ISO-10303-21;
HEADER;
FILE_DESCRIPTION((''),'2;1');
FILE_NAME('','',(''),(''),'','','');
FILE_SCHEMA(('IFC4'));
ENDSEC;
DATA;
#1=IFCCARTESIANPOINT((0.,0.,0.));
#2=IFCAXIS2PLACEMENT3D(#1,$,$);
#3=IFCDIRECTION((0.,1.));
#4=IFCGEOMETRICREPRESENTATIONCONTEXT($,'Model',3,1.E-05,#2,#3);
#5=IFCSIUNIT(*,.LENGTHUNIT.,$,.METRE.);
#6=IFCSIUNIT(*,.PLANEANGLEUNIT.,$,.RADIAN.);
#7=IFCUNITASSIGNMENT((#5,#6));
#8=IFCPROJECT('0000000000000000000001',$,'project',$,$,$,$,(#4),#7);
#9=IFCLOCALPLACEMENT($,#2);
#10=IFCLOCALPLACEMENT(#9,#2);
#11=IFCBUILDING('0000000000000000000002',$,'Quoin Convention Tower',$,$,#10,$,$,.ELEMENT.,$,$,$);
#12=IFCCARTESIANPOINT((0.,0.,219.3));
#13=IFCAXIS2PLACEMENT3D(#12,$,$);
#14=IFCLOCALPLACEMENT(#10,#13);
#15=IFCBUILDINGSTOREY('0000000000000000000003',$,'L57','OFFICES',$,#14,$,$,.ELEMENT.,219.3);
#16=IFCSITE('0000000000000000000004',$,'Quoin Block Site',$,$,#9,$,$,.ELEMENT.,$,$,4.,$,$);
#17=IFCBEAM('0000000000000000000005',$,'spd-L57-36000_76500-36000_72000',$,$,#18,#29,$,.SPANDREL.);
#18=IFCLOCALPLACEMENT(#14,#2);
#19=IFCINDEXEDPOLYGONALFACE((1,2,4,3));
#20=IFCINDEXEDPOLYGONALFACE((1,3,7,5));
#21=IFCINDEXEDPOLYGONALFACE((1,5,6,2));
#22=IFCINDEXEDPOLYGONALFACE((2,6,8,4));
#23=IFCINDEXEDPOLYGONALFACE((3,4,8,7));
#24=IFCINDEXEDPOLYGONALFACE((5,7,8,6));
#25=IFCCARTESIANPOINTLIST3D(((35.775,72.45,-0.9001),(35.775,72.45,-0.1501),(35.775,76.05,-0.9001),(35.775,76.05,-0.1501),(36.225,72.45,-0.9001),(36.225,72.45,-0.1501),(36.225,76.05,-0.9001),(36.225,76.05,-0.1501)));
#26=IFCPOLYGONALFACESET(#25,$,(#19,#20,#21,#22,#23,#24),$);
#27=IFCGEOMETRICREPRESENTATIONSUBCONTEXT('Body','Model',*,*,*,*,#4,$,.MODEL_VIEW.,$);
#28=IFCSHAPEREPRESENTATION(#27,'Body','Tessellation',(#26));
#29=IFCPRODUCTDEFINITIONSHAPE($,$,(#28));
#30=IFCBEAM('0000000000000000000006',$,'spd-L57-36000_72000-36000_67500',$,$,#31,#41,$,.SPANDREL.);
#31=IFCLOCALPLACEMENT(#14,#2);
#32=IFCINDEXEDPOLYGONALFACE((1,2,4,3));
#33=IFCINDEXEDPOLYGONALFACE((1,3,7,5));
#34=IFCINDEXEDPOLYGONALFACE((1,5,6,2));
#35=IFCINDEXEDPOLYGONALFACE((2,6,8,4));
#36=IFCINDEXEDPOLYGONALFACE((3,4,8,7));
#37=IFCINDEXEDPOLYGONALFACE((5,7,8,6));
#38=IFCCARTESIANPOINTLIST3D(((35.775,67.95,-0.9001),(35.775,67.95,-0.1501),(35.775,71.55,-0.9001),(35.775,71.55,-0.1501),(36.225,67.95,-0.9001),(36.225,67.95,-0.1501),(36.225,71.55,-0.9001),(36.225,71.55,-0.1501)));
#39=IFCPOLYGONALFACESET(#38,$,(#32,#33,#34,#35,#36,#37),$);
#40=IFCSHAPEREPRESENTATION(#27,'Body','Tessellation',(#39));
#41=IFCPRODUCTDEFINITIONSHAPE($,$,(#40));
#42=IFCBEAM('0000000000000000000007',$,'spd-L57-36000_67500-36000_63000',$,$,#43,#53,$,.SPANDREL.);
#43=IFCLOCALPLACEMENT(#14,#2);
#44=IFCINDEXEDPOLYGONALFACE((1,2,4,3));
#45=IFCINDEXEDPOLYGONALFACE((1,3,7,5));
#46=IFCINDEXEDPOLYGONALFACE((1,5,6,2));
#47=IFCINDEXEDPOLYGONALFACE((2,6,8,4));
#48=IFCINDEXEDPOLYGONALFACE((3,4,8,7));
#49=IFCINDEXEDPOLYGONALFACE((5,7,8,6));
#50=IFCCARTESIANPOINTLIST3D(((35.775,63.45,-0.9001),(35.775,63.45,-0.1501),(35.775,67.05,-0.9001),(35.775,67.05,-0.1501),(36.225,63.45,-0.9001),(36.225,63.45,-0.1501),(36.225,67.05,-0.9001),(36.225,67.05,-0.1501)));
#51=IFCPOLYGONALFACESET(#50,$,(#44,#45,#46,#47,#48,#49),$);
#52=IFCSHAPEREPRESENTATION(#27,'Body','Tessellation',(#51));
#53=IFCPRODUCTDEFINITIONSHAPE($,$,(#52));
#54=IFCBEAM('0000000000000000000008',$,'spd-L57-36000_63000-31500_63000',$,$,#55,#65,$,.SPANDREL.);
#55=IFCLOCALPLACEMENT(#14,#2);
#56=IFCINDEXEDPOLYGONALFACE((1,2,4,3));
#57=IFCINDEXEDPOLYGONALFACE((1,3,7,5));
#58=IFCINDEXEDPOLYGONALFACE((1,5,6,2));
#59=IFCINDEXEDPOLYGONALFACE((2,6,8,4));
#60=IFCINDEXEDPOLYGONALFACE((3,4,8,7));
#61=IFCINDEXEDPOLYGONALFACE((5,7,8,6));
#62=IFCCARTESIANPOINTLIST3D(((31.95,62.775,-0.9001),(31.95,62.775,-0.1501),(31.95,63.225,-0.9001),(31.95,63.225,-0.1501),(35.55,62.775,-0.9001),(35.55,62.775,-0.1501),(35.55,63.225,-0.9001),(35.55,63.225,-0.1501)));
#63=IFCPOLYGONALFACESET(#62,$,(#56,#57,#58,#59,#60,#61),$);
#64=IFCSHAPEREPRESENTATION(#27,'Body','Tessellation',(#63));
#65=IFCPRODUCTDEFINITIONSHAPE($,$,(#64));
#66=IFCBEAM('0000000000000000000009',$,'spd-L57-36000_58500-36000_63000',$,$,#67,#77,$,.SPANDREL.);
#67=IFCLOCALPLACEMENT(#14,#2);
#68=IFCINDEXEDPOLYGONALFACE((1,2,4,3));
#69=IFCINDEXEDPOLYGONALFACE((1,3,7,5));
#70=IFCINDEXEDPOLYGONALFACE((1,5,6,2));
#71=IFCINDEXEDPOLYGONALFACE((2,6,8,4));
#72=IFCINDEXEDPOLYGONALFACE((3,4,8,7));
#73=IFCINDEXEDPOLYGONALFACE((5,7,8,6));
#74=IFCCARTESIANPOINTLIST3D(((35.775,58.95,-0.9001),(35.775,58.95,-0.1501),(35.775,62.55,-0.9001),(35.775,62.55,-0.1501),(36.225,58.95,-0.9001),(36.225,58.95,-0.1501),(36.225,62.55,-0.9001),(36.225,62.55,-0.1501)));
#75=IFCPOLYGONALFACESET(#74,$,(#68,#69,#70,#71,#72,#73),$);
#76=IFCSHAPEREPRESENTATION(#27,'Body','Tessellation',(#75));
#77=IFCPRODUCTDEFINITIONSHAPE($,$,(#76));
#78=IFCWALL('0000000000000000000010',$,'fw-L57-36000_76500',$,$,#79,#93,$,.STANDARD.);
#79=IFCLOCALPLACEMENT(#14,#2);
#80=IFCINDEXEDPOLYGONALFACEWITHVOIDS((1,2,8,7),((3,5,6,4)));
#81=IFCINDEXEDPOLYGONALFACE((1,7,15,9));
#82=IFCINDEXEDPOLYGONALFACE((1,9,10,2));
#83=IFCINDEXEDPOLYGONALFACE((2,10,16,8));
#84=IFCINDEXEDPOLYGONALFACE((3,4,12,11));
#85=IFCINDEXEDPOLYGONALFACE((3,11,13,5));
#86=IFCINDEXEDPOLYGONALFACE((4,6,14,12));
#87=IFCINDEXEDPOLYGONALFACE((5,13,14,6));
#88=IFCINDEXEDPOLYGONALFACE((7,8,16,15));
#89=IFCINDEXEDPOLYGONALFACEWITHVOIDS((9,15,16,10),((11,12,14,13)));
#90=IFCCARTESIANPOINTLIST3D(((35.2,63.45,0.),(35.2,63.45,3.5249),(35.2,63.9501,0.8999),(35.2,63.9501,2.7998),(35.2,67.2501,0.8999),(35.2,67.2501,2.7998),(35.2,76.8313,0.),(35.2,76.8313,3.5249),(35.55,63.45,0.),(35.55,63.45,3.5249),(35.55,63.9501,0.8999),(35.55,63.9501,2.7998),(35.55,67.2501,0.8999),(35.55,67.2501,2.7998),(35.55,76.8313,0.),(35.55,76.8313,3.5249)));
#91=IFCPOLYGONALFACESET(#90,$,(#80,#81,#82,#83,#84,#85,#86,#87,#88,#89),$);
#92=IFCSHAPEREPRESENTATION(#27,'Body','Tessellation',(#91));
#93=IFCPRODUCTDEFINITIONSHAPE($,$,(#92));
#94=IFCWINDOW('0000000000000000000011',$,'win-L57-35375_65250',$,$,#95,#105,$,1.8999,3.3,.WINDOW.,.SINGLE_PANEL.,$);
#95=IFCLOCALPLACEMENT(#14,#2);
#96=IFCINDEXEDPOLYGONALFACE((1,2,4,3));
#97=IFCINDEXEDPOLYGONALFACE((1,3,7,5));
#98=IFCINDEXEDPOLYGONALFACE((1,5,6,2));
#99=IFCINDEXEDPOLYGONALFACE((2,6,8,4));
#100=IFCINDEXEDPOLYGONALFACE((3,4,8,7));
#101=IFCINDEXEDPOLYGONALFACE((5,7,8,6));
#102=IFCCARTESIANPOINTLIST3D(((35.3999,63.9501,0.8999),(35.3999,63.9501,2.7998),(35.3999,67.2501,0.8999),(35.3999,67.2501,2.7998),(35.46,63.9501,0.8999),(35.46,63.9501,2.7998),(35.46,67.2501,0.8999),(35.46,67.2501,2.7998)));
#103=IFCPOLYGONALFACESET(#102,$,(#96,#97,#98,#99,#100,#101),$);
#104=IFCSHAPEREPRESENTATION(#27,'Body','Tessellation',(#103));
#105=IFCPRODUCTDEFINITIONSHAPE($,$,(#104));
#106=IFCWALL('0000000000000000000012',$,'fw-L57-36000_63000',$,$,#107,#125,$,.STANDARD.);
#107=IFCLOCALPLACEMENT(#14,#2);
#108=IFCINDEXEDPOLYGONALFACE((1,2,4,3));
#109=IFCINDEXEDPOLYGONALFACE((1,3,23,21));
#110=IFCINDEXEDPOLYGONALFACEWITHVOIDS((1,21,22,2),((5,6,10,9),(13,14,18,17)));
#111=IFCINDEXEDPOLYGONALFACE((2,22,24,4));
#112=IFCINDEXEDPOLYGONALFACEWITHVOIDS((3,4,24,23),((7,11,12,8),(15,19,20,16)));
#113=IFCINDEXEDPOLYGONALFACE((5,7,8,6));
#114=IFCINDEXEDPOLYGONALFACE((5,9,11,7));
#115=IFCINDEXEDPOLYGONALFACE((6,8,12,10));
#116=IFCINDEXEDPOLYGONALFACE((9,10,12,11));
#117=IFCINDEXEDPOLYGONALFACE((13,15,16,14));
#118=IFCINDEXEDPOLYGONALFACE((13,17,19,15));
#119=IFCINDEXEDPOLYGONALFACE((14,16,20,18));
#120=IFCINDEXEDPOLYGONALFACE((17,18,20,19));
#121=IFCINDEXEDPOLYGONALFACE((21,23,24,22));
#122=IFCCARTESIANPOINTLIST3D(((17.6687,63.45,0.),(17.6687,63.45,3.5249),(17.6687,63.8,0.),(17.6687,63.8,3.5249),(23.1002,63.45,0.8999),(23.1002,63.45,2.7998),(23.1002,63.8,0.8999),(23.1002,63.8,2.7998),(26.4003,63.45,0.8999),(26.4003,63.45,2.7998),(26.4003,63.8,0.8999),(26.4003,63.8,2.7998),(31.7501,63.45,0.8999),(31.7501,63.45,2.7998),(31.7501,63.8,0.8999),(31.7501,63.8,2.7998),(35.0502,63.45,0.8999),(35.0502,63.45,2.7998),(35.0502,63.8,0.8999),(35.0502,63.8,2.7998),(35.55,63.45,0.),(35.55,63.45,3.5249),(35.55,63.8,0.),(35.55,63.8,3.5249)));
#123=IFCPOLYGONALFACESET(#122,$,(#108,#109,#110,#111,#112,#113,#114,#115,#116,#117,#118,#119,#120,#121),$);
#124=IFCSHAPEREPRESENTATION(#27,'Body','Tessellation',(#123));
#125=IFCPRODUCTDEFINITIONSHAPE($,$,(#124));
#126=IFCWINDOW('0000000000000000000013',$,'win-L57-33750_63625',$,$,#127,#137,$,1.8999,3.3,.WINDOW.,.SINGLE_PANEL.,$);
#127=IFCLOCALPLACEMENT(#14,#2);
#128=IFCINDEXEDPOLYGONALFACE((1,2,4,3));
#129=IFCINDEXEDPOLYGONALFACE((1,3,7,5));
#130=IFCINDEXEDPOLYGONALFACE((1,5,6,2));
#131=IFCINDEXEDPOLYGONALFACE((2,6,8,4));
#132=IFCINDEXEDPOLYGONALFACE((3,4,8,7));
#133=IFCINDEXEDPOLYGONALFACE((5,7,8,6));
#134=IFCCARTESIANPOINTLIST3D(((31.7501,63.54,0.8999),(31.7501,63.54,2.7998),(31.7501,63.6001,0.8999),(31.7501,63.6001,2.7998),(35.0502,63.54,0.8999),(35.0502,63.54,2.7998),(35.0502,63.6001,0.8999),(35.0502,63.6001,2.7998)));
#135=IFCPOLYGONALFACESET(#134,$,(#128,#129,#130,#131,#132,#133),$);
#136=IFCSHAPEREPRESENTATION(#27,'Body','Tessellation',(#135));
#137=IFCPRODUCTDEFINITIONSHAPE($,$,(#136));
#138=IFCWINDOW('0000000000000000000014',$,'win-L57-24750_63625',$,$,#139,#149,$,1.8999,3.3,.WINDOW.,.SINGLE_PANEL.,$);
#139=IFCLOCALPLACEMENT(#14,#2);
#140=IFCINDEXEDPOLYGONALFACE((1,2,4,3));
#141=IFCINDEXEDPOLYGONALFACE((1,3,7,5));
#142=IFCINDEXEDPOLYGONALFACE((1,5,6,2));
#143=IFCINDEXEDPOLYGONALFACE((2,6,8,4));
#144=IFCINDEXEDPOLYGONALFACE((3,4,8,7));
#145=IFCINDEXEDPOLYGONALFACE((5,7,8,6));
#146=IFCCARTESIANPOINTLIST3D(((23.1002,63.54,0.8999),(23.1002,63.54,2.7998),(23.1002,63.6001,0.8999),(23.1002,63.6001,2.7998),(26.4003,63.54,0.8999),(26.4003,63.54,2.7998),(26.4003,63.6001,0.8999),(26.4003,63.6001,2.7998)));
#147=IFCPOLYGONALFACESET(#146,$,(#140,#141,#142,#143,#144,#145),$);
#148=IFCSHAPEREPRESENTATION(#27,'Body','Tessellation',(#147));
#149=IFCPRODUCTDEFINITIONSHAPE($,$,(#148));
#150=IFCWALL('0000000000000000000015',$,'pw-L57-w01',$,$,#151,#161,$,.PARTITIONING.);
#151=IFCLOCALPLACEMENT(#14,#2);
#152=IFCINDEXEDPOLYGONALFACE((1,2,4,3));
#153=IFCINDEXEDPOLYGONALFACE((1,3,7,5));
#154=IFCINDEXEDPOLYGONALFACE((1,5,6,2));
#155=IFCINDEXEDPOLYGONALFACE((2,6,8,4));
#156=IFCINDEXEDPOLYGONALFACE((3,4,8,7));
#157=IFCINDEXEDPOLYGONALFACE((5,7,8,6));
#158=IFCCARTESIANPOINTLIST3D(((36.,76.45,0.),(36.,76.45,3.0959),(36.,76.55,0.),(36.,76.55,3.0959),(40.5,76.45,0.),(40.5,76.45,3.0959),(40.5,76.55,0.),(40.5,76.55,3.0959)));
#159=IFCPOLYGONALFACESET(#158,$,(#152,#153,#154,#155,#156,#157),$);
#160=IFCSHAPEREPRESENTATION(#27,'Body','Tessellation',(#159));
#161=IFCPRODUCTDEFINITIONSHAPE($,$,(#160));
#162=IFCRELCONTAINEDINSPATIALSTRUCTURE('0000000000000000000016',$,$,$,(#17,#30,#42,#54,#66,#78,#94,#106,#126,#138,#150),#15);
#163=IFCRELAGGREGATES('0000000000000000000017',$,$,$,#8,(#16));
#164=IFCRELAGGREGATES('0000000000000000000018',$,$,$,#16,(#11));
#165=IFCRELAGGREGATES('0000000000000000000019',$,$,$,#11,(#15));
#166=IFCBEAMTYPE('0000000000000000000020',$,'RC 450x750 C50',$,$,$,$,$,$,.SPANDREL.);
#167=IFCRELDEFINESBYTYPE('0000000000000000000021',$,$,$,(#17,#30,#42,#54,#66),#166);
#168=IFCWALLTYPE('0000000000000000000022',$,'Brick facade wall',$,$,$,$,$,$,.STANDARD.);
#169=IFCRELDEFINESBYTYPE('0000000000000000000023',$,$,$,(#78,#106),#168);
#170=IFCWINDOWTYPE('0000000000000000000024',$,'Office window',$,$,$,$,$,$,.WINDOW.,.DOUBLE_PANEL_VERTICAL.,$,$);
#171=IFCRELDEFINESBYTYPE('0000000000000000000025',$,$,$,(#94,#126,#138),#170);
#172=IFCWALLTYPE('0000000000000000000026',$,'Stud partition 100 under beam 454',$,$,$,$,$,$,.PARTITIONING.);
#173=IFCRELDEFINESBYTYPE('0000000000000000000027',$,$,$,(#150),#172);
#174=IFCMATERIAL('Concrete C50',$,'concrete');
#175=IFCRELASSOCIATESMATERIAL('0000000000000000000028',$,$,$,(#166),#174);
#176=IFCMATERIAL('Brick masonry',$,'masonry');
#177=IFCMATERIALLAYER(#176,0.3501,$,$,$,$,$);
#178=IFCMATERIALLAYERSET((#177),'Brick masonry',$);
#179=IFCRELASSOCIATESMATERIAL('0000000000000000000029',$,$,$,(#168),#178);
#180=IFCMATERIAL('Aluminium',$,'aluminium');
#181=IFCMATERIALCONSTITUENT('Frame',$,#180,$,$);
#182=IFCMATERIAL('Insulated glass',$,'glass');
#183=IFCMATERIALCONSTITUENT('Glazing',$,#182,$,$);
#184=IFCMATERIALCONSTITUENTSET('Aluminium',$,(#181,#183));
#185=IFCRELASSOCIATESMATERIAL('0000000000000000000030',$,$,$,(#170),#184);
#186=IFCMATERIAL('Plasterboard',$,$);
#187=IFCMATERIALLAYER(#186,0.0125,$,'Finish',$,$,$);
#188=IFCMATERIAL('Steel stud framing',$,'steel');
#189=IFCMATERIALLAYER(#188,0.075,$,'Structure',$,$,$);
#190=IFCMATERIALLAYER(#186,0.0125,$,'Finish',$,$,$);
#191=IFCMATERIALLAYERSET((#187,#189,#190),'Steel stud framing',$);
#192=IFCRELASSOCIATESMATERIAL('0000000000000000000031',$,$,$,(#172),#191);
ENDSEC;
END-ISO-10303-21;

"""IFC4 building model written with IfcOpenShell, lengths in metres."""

from ifc_helpers import new_model, si_unit, direction, frame, frame_2d, origin, origin_2d, place, context, subcontext, project, spatial, rectangle, extrude, material, layer, layer_set, constituent, constituent_set, material_profile, profile_set, type_object, element, fill, save


model = new_model("IFC4")

# Units and contexts
model_context = context("Model", 3, precision=1e-05, world=origin(), true_north=direction((0.0, 1.0)))
body_context = subcontext(model_context, "Body", "Model", "MODEL_VIEW")
ifc_project = project(units=[si_unit("LENGTHUNIT", "METRE"), si_unit("PLANEANGLEUNIT", "RADIAN")], contexts=[model_context])

# Site, building, storey
site_placement = place(None, origin())
site = spatial("IfcSite", under=ifc_project, at=site_placement, Name="Quoin Block Site", CompositionType="ELEMENT", RefElevation=4.0)
building_placement = place(site_placement, origin())
building = spatial("IfcBuilding", under=site, at=building_placement, Name="Quoin Convention Tower", CompositionType="ELEMENT")
storey_placement = place(building_placement, frame((0.0, 0.0, 219.3)))
storey = spatial("IfcBuildingStorey", under=building, at=storey_placement, Name="L57", Description="OFFICES", CompositionType="ELEMENT", Elevation=219.3)

# Shared definitions
ifc_material_1 = material(Name="Concrete C50", Category="concrete")

# Beams
ifc_material_profile_1 = material_profile(ifc_material_1, rectangle(XDim=0.45, YDim=0.75, at=origin_2d()), Name="RC 450x750")
ifc_profile_set_1 = profile_set([ifc_material_profile_1], Name="Concrete C50")
beam_type_1 = type_object("IfcBeamType", Name="RC 450x750 C50", PredefinedType="SPANDREL", material=ifc_profile_set_1)
for number, where, z_axis, x_axis, name in (
    (1, (36.0, 76.05, -0.5251), (0.0, -1.0, 0.0), (1.0, 0.0, 0.0), "spd-L57-36000_76500-36000_72000"),
    (2, (36.0, 71.55, -0.5251), (0.0, -1.0, 0.0), (1.0, 0.0, 0.0), "spd-L57-36000_72000-36000_67500"),
    (3, (36.0, 67.05, -0.5251), (0.0, -1.0, 0.0), (1.0, 0.0, 0.0), "spd-L57-36000_67500-36000_63000"),
    (4, (35.55, 63.0, -0.5251), (-1.0, 0.0, 0.0), (0.0, -1.0, 0.0), "spd-L57-36000_63000-31500_63000"),
    (5, (36.0, 58.95, -0.5251), (0.0, 1.0, 0.0), (-1.0, 0.0, 0.0), "spd-L57-36000_58500-36000_63000"),
):
    element("IfcBeam", number, at=place(storey_placement, frame(where, z_axis=z_axis, x_axis=x_axis)), inside=storey, type_object=beam_type_1, Name=name, PredefinedType="SPANDREL", context=body_context, shape_type="SweptSolid", body=[
        extrude(rectangle(XDim=0.45, YDim=0.75, at=origin_2d()), origin(), (0.0, 0.0, 1.0), 3.6001),
    ])

# Wall, opening, window
ifc_material_2 = material(Name="Brick masonry", Category="masonry")
ifc_layer_1 = layer(ifc_material_2, 0.3501)
ifc_layer_set_1 = layer_set([ifc_layer_1], Name="Brick masonry")
wall_type_1 = type_object("IfcWallType", Name="Brick facade wall", PredefinedType="STANDARD", material=ifc_layer_set_1)
wall_1_placement = place(storey_placement, frame((35.375, 76.8313, 0.0), z_axis=(0.0, 0.0, 1.0), x_axis=(0.0, -1.0, 0.0)))
wall_1 = element("IfcWall", 6, at=wall_1_placement, inside=storey, type_object=wall_type_1, Name="fw-L57-36000_76500", PredefinedType="STANDARD", context=body_context, shape_type="SweptSolid", body=[
    extrude(rectangle(XDim=13.3813, YDim=0.3501, at=frame_2d((6.6907, 0.0))), origin(), (0.0, 0.0, 1.0), 3.5249),
])
opening_1_placement = place(wall_1_placement, frame((9.5813, 0.0, 0.8999)))
opening_1 = element("IfcOpeningElement", 7, at=opening_1_placement, cuts=wall_1, PredefinedType="OPENING", context=body_context, shape_type="SweptSolid", body=[
    extrude(rectangle(XDim=3.3, YDim=1.8999, at=frame_2d((1.6499, 0.95))), frame((0.0, 0.1851, 0.0), z_axis=(0.0, -1.0, 0.0), x_axis=(1.0, 0.0, 0.0)), (0.0, 0.0, 1.0), 0.3701),
])
ifc_material_3 = material(Name="Aluminium", Category="aluminium")
ifc_constituent_1 = constituent(ifc_material_3, Name="Frame")
ifc_material_4 = material(Name="Insulated glass", Category="glass")
ifc_constituent_2 = constituent(ifc_material_4, Name="Glazing")
ifc_constituent_set = constituent_set(constituents=[ifc_constituent_1, ifc_constituent_2], Name="Aluminium")
window_type = type_object("IfcWindowType", Name="Office window", PartitioningType="DOUBLE_PANEL_VERTICAL", PredefinedType="WINDOW", material=ifc_constituent_set)
window_1_placement = place(opening_1_placement, origin())
window_1 = element("IfcWindow", 8, at=window_1_placement, inside=storey, type_object=window_type, Name="win-L57-35375_65250", OverallHeight=1.8999, OverallWidth=3.3, PartitioningType="SINGLE_PANEL", PredefinedType="WINDOW", context=body_context, shape_type="SweptSolid", body=[
    extrude(rectangle(XDim=3.3, YDim=1.8999, at=frame_2d((1.6499, 0.95))), frame((0.0, 0.085, 0.0), z_axis=(0.0, -1.0, 0.0), x_axis=(1.0, 0.0, 0.0)), (0.0, 0.0, 1.0), 0.0601),
])
fill(opening_1, window_1)

# Wall, openings, windows
wall_2_placement = place(storey_placement, frame((35.55, 63.625, 0.0), z_axis=(0.0, 0.0, 1.0), x_axis=(-1.0, 0.0, 0.0)))
wall_2 = element("IfcWall", 9, at=wall_2_placement, inside=storey, type_object=wall_type_1, Name="fw-L57-36000_63000", PredefinedType="STANDARD", context=body_context, shape_type="SweptSolid", body=[
    extrude(rectangle(XDim=17.8813, YDim=0.3501, at=frame_2d((8.9407, 0.0))), origin(), (0.0, 0.0, 1.0), 3.5249),
])
opening_2_placement = place(wall_2_placement, frame((0.5, 0.0, 0.8999)))
opening_2 = element("IfcOpeningElement", 10, at=opening_2_placement, cuts=wall_2, PredefinedType="OPENING", context=body_context, shape_type="SweptSolid", body=[
    extrude(rectangle(XDim=3.3, YDim=1.8999, at=frame_2d((1.6499, 0.95))), frame((0.0, 0.1851, 0.0), z_axis=(0.0, -1.0, 0.0), x_axis=(1.0, 0.0, 0.0)), (0.0, 0.0, 1.0), 0.3701),
])
opening_3_placement = place(wall_2_placement, frame((9.1499, 0.0, 0.8999)))
opening_3 = element("IfcOpeningElement", 11, at=opening_3_placement, cuts=wall_2, PredefinedType="OPENING", context=body_context, shape_type="SweptSolid", body=[
    extrude(rectangle(XDim=3.3, YDim=1.8999, at=frame_2d((1.6499, 0.95))), frame((0.0, 0.1851, 0.0), z_axis=(0.0, -1.0, 0.0), x_axis=(1.0, 0.0, 0.0)), (0.0, 0.0, 1.0), 0.3701),
])
window_2_placement = place(opening_2_placement, origin())
window_2 = element("IfcWindow", 12, at=window_2_placement, inside=storey, type_object=window_type, Name="win-L57-33750_63625", OverallHeight=1.8999, OverallWidth=3.3, PartitioningType="SINGLE_PANEL", PredefinedType="WINDOW", context=body_context, shape_type="SweptSolid", body=[
    extrude(rectangle(XDim=3.3, YDim=1.8999, at=frame_2d((1.6499, 0.95))), frame((0.0, 0.085, 0.0), z_axis=(0.0, -1.0, 0.0), x_axis=(1.0, 0.0, 0.0)), (0.0, 0.0, 1.0), 0.0601),
])
fill(opening_2, window_2)
window_3_placement = place(opening_3_placement, origin())
window_3 = element("IfcWindow", 13, at=window_3_placement, inside=storey, type_object=window_type, Name="win-L57-24750_63625", OverallHeight=1.8999, OverallWidth=3.3, PartitioningType="SINGLE_PANEL", PredefinedType="WINDOW", context=body_context, shape_type="SweptSolid", body=[
    extrude(rectangle(XDim=3.3, YDim=1.8999, at=frame_2d((1.6499, 0.95))), frame((0.0, 0.085, 0.0), z_axis=(0.0, -1.0, 0.0), x_axis=(1.0, 0.0, 0.0)), (0.0, 0.0, 1.0), 0.0601),
])
fill(opening_3, window_3)

# Wall
ifc_material_5 = material(Name="Plasterboard")
ifc_layer_2 = layer(ifc_material_5, 0.0125, Name="Finish")
ifc_material_6 = material(Name="Steel stud framing", Category="steel")
ifc_layer_3 = layer(ifc_material_6, 0.075, Name="Structure")
ifc_layer_4 = layer(ifc_material_5, 0.0125, Name="Finish")
ifc_layer_set_2 = layer_set([ifc_layer_2, ifc_layer_3, ifc_layer_4], Name="Steel stud framing")
wall_type_2 = type_object("IfcWallType", Name="Stud partition 100 under beam 454", PredefinedType="PARTITIONING", material=ifc_layer_set_2)
wall_3_placement = place(storey_placement, frame((36.0, 76.5, 0.0), z_axis=(0.0, 0.0, 1.0), x_axis=(1.0, 0.0, 0.0)))
element("IfcWall", 14, at=wall_3_placement, inside=storey, type_object=wall_type_2, Name="pw-L57-w01", PredefinedType="PARTITIONING", context=body_context, shape_type="SweptSolid", body=[
    extrude(rectangle(XDim=4.5, YDim=0.1001, at=frame_2d((2.25, 0.0))), origin(), (0.0, 0.0, 1.0), 3.0959),
])

save(model, "model.ifc")
